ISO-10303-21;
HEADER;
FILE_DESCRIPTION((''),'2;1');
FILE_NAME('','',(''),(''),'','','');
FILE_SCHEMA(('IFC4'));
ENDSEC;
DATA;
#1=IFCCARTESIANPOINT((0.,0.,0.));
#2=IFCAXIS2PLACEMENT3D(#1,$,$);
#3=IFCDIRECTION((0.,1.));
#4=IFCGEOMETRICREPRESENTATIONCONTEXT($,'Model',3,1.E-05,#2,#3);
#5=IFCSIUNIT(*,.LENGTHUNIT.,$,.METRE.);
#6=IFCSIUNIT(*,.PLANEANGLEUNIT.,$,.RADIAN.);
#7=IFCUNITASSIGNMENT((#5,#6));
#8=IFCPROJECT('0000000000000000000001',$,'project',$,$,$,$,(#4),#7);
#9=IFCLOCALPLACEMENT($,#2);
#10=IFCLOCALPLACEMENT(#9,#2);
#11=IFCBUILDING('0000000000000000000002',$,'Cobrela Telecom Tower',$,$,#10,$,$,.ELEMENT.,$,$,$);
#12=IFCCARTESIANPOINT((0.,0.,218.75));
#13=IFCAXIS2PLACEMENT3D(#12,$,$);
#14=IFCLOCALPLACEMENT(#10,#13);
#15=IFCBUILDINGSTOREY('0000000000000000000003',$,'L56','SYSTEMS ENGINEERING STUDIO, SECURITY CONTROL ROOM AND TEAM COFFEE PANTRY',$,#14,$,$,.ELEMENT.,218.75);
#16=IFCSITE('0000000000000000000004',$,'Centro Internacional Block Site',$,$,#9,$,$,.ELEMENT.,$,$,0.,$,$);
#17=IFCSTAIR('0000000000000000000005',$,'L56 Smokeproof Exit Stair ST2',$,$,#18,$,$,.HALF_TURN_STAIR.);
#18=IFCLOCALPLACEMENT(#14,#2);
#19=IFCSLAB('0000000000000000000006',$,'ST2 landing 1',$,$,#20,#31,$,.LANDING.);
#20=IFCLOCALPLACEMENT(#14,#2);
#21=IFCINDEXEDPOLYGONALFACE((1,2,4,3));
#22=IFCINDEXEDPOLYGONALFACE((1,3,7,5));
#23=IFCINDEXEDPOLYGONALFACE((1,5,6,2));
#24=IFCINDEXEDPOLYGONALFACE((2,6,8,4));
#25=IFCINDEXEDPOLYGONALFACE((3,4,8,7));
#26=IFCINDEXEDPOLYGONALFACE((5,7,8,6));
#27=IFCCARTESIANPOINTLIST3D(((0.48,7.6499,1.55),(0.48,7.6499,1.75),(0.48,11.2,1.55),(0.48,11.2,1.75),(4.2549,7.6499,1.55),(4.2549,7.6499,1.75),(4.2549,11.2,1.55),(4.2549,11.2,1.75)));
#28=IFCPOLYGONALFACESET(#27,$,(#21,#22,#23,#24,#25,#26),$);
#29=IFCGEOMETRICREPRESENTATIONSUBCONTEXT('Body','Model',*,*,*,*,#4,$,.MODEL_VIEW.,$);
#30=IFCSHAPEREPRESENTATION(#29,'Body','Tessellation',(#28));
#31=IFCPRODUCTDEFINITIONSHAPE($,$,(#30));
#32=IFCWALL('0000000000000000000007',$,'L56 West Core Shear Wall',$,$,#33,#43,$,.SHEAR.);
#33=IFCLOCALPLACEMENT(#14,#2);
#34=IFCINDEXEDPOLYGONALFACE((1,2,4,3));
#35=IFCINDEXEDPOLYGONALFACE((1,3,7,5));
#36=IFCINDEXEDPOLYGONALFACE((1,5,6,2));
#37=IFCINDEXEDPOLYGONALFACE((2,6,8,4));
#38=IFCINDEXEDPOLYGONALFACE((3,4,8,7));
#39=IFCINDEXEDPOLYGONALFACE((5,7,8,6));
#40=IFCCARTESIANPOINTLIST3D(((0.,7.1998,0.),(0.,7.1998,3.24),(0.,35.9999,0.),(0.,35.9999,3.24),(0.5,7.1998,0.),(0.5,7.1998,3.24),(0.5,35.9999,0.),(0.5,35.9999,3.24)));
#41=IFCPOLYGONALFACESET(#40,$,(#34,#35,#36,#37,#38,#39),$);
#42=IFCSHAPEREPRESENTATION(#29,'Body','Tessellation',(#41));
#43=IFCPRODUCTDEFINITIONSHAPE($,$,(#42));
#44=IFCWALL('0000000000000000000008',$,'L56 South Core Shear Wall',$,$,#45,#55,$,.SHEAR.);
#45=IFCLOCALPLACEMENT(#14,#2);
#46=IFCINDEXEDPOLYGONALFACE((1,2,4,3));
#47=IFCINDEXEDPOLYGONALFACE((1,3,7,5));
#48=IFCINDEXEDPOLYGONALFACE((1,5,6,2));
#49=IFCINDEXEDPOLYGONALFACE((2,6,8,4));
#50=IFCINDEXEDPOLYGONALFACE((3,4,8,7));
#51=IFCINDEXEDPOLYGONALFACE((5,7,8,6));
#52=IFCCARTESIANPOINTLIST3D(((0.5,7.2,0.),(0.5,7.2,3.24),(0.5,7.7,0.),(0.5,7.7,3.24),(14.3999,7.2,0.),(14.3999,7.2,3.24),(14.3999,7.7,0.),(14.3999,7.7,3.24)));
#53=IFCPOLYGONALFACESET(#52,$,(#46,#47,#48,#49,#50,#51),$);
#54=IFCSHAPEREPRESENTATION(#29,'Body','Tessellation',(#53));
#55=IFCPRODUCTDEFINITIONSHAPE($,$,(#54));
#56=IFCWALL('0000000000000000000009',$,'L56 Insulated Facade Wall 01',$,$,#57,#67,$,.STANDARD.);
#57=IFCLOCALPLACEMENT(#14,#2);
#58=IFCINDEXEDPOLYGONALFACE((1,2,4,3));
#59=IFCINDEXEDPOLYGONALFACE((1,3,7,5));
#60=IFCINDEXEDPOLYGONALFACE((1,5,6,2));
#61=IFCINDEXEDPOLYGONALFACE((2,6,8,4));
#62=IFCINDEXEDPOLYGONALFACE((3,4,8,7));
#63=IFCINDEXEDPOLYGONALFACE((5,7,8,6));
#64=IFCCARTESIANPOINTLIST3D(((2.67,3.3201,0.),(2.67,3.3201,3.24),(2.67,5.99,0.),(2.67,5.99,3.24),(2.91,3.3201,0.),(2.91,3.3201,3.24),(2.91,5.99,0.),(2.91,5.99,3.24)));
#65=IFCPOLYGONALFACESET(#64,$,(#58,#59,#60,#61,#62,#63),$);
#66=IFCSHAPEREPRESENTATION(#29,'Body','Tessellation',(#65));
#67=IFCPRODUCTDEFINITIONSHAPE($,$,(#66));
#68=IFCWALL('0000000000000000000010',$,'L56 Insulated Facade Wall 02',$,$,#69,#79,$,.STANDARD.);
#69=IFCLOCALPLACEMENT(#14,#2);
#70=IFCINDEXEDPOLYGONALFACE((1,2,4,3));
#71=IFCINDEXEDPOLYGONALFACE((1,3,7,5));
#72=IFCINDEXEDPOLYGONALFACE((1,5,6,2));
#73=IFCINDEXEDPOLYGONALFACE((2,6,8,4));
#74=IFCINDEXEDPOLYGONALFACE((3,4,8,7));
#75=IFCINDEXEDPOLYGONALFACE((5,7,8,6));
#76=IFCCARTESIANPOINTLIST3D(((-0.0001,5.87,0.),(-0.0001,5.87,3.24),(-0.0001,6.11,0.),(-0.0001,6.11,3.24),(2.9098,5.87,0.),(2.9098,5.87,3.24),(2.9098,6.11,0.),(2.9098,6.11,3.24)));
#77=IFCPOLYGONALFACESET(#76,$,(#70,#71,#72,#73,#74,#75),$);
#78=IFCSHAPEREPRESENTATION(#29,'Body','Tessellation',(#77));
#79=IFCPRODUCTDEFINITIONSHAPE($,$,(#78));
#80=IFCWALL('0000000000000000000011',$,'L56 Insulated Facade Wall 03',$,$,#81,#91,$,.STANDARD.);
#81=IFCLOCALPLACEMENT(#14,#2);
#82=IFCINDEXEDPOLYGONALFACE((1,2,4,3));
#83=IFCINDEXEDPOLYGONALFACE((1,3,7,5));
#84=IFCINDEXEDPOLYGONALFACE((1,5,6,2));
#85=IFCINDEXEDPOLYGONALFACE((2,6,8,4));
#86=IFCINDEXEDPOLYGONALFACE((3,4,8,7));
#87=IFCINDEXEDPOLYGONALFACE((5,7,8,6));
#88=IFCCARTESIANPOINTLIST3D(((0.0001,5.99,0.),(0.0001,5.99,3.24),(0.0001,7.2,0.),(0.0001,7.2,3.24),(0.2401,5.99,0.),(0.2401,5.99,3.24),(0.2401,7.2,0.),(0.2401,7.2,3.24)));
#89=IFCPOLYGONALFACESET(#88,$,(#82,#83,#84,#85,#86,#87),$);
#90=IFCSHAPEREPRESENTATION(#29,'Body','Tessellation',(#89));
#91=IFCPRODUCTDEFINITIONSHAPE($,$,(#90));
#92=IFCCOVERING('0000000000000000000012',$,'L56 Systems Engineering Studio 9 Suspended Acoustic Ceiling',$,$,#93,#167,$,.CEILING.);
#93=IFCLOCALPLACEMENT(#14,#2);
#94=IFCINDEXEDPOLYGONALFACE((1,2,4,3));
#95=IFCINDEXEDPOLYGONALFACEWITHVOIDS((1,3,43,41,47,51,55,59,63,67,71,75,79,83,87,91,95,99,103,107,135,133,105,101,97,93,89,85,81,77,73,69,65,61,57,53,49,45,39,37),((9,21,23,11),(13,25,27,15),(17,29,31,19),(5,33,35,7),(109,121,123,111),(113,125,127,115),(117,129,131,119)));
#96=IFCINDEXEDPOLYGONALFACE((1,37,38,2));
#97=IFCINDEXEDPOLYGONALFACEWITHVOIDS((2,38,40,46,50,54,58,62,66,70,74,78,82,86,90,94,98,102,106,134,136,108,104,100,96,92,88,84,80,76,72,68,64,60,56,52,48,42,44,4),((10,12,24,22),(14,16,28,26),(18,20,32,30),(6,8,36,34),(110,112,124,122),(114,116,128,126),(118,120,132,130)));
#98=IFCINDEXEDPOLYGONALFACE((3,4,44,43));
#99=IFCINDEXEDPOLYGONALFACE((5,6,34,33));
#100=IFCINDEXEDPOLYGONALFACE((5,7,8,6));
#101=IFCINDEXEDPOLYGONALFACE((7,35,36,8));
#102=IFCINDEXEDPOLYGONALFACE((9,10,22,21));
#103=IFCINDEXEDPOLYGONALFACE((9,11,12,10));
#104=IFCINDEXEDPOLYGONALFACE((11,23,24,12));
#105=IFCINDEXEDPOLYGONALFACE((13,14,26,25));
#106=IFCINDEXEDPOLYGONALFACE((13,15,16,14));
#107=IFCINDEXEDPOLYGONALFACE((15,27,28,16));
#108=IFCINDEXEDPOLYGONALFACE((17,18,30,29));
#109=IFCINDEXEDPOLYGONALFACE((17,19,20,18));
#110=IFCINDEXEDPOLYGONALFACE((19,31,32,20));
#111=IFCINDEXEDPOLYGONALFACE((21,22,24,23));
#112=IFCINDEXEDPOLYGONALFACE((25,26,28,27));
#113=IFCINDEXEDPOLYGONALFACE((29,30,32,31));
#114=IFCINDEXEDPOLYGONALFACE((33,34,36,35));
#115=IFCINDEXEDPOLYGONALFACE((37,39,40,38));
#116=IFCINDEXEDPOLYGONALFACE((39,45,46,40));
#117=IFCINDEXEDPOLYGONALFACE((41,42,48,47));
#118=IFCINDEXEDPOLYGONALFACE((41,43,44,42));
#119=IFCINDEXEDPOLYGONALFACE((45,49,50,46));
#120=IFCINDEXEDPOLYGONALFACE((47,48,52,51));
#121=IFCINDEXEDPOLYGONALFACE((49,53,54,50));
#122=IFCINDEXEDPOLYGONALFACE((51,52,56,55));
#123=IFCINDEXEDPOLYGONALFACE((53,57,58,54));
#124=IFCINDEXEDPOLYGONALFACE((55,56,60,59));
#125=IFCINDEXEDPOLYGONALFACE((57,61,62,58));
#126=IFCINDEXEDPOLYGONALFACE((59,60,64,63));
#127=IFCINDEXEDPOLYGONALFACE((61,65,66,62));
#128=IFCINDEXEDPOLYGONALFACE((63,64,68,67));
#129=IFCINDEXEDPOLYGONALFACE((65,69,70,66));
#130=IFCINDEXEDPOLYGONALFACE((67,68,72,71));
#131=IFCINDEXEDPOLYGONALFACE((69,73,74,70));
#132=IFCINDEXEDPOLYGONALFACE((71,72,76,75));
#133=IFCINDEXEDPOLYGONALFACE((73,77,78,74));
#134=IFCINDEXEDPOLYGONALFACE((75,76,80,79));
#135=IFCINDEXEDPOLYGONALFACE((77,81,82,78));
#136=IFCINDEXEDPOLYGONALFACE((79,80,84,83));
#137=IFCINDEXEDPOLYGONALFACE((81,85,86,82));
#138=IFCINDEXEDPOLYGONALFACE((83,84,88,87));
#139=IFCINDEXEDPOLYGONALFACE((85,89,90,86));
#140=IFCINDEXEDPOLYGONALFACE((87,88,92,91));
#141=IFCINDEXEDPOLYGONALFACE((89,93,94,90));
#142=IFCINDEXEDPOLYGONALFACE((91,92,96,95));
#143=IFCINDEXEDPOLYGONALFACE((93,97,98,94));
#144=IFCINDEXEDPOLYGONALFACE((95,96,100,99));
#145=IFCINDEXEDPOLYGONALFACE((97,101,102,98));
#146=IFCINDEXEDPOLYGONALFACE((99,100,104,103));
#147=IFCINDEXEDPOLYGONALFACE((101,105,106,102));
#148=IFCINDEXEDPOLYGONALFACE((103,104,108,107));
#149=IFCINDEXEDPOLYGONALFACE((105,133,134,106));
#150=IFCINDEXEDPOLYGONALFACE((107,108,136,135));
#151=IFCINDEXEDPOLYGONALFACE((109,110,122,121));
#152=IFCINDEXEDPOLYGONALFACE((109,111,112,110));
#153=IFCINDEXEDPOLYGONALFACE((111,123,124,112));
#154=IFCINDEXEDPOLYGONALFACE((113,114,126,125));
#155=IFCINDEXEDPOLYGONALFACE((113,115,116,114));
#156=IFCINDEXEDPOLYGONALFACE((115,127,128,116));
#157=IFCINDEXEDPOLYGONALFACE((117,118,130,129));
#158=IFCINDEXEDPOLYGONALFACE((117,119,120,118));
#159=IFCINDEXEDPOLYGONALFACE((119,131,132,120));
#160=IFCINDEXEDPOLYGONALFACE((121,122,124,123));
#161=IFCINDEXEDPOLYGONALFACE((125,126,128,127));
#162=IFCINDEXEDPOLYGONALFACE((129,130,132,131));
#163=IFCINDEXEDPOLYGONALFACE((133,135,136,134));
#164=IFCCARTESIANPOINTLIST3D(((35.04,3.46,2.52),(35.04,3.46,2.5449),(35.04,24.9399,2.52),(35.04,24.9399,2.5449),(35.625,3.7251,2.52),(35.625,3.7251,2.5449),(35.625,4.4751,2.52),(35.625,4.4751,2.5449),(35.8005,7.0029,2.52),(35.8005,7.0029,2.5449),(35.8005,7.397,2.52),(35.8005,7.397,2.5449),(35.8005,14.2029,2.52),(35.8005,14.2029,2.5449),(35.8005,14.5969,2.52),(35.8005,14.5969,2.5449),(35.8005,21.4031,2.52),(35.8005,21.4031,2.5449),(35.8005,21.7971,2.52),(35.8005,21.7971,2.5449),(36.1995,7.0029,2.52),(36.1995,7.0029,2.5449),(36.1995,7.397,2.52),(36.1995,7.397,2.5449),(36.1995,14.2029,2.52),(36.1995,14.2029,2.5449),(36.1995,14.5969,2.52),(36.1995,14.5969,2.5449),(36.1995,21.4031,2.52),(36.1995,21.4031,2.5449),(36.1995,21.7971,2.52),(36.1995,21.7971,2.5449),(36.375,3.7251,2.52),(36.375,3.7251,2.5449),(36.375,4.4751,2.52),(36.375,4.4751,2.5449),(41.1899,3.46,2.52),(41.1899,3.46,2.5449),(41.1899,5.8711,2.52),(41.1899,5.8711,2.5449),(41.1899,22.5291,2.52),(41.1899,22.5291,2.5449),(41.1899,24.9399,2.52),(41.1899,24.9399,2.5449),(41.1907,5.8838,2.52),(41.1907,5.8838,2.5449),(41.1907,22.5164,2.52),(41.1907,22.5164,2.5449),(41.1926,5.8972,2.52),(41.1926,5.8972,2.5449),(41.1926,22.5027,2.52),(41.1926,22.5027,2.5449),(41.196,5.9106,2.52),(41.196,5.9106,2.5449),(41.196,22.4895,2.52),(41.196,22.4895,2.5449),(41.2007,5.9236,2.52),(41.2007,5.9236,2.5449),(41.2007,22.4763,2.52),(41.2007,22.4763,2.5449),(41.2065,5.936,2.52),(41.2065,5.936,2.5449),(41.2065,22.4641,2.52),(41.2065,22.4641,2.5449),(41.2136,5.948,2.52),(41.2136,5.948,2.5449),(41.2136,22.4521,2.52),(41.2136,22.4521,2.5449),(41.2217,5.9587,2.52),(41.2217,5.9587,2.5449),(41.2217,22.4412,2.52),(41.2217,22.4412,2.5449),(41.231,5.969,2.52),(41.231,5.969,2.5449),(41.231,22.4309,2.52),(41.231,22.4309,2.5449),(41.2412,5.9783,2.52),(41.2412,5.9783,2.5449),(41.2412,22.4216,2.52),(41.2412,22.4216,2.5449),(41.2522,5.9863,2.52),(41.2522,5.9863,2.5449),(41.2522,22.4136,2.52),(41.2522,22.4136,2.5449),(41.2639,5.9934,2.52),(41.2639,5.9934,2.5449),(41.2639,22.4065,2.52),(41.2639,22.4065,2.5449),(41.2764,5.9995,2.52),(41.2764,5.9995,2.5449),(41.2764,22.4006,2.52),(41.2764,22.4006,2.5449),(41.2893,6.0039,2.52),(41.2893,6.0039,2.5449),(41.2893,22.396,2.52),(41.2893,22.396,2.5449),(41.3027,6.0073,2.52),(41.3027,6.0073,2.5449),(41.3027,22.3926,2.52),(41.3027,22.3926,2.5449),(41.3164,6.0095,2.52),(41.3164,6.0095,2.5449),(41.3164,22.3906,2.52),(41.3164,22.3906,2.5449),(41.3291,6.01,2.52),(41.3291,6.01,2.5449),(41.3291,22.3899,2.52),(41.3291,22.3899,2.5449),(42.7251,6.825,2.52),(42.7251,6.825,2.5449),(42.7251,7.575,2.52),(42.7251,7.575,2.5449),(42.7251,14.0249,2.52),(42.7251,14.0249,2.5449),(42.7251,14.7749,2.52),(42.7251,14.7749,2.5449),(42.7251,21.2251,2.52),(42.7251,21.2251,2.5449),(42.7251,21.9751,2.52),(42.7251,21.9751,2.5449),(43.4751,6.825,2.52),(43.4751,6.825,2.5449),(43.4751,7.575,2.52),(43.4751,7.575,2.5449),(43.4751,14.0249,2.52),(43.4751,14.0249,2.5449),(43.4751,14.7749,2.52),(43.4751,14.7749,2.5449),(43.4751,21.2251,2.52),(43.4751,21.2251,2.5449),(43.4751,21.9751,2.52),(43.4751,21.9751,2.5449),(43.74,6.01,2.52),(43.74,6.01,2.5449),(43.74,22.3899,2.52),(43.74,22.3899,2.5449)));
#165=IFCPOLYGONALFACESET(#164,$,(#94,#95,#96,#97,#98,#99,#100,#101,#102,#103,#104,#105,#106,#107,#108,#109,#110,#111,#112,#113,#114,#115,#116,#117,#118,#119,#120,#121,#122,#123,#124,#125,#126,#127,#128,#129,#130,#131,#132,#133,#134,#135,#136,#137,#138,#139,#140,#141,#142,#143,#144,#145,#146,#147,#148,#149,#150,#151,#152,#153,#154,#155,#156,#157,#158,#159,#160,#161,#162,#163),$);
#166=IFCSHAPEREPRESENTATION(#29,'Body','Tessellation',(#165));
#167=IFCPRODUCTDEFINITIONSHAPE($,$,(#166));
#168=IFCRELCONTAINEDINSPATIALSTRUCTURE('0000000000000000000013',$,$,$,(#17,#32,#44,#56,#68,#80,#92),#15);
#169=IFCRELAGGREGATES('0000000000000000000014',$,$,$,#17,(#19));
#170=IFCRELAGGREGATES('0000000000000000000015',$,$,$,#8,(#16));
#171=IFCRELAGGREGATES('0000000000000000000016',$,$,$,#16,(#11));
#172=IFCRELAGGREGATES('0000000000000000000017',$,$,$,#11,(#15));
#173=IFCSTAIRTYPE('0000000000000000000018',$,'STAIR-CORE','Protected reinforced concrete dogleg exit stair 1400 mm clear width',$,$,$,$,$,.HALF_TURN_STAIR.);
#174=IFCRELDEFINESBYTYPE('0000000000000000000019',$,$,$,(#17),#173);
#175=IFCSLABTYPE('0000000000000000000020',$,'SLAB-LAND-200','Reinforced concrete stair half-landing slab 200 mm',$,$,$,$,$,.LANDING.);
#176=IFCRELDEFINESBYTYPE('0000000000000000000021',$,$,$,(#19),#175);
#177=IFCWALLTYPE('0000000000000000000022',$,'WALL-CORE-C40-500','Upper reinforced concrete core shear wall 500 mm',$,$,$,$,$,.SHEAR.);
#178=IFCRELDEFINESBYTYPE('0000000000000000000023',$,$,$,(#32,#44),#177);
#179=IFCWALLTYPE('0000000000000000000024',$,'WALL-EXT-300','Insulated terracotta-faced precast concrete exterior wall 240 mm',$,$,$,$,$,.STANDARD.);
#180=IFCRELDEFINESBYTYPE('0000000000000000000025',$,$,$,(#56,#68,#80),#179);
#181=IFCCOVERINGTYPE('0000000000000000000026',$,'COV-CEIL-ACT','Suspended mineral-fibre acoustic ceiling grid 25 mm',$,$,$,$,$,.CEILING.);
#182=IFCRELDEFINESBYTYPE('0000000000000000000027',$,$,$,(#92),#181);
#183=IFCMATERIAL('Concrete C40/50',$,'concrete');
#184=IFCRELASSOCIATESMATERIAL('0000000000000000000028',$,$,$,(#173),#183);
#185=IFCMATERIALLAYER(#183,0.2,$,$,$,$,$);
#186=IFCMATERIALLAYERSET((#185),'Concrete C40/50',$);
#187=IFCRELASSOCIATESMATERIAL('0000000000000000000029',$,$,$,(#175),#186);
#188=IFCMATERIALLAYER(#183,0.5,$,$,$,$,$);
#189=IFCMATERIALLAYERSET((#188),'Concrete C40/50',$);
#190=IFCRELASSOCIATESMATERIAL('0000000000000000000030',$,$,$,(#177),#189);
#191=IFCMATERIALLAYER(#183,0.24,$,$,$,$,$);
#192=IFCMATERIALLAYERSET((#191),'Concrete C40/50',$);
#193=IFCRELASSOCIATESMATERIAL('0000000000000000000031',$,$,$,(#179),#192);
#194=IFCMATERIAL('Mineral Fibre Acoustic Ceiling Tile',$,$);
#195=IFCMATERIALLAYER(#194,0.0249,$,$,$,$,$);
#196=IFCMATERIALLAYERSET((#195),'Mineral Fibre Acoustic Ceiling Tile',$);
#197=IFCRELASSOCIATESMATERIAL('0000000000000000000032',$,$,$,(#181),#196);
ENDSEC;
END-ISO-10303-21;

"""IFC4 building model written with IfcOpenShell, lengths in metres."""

from ifc_helpers import new_model, si_unit, direction, frame, frame_2d, origin, place, context, subcontext, project, spatial, polyline, rectangle, outline, extrude, material, layer, layer_set, type_object, element, aggregate, save


model = new_model("IFC4")

# Units and contexts
model_context = context("Model", 3, precision=1e-05, world=origin(), true_north=direction((0.0, 1.0)))
body_context = subcontext(model_context, "Body", "Model", "MODEL_VIEW")
ifc_project = project(units=[si_unit("LENGTHUNIT", "METRE"), si_unit("PLANEANGLEUNIT", "RADIAN")], contexts=[model_context])

# Site, building, storey
site_placement = place(None, origin())
site = spatial("IfcSite", under=ifc_project, at=site_placement, Name="Centro Internacional Block Site", CompositionType="ELEMENT", RefElevation=0.0)
building_placement = place(site_placement, origin())
building = spatial("IfcBuilding", under=site, at=building_placement, Name="Cobrela Telecom Tower", CompositionType="ELEMENT")
storey_placement = place(building_placement, frame((0.0, 0.0, 218.75)))
storey = spatial("IfcBuildingStorey", under=building, at=storey_placement, Name="L56", Description="SYSTEMS ENGINEERING STUDIO, SECURITY CONTROL ROOM AND TEAM COFFEE PANTRY", CompositionType="ELEMENT", Elevation=218.75)

# Shared definitions
ifc_material_1 = material(Name="Concrete C40/50", Category="concrete")

# Stair, slab
stair_type = type_object("IfcStairType", Name="STAIR-CORE", Description="Protected reinforced concrete dogleg exit stair 1400 mm clear width", PredefinedType="HALF_TURN_STAIR", material=ifc_material_1)
ifc_layer_1 = layer(ifc_material_1, 0.2)
ifc_layer_set_1 = layer_set([ifc_layer_1], Name="Concrete C40/50")
slab_type_1 = type_object("IfcSlabType", Name="SLAB-LAND-200", Description="Reinforced concrete stair half-landing slab 200 mm", PredefinedType="LANDING", material=ifc_layer_set_1)
stair_1_placement = place(storey_placement, origin())
stair_1 = element("IfcStair", 1, at=stair_1_placement, inside=storey, type_object=stair_type, Name="L56 Smokeproof Exit Stair ST2", PredefinedType="HALF_TURN_STAIR")
slab_1_placement = place(storey_placement, frame((0.0, 0.0, 1.55)))
slab_1 = element("IfcSlab", 2, at=slab_1_placement, type_object=slab_type_1, Name="ST2 landing 1", PredefinedType="LANDING", context=body_context, shape_type="SweptSolid", body=[
    extrude(outline(polyline([(4.2549, 11.2), (0.48, 11.2), (0.48, 7.6499), (4.2549, 7.6499), (4.2549, 11.2)])), origin(), (0.0, 0.0, 1.0), 0.2),
])
aggregate(stair_1, [slab_1])

# Walls
ifc_layer_2 = layer(ifc_material_1, 0.5)
ifc_layer_set_2 = layer_set([ifc_layer_2], Name="Concrete C40/50")
wall_type_1 = type_object("IfcWallType", Name="WALL-CORE-C40-500", Description="Upper reinforced concrete core shear wall 500 mm", PredefinedType="SHEAR", material=ifc_layer_set_2)
wall_1_placement = place(storey_placement, frame((0.25, 7.2, 0.0), z_axis=(0.0, 0.0, 1.0), x_axis=(0.0, 1.0, 0.0)))
element("IfcWall", 3, at=wall_1_placement, inside=storey, type_object=wall_type_1, Name="L56 West Core Shear Wall", PredefinedType="SHEAR", context=body_context, shape_type="SweptSolid", body=[
    extrude(rectangle(XDim=28.8, YDim=0.5, at=frame_2d((14.3999, 0.0))), origin(), (0.0, 0.0, 1.0), 3.24),
])
wall_2_placement = place(storey_placement, frame((0.5, 7.45, 0.0), z_axis=(0.0, 0.0, 1.0), x_axis=(1.0, 0.0, 0.0)))
element("IfcWall", 4, at=wall_2_placement, inside=storey, type_object=wall_type_1, Name="L56 South Core Shear Wall", PredefinedType="SHEAR", context=body_context, shape_type="SweptSolid", body=[
    extrude(rectangle(XDim=13.8999, YDim=0.5, at=frame_2d((6.95, 0.0))), origin(), (0.0, 0.0, 1.0), 3.24),
])
ifc_layer_3 = layer(ifc_material_1, 0.24)
ifc_layer_set_3 = layer_set([ifc_layer_3], Name="Concrete C40/50")
wall_type_2 = type_object("IfcWallType", Name="WALL-EXT-300", Description="Insulated terracotta-faced precast concrete exterior wall 240 mm", PredefinedType="STANDARD", material=ifc_layer_set_3)
wall_3_placement = place(storey_placement, frame((2.79, 3.3201, 0.0), z_axis=(0.0, 0.0, 1.0), x_axis=(0.0, 1.0, 0.0)))
element("IfcWall", 5, at=wall_3_placement, inside=storey, type_object=wall_type_2, Name="L56 Insulated Facade Wall 01", PredefinedType="STANDARD", context=body_context, shape_type="SweptSolid", body=[
    extrude(rectangle(XDim=2.6699, YDim=0.24, at=frame_2d((1.335, 0.0))), origin(), (0.0, 0.0, 1.0), 3.24),
])
wall_4_placement = place(storey_placement, frame((2.9099, 5.99, 0.0), z_axis=(0.0, 0.0, 1.0), x_axis=(-1.0, 0.0, 0.0)))
element("IfcWall", 6, at=wall_4_placement, inside=storey, type_object=wall_type_2, Name="L56 Insulated Facade Wall 02", PredefinedType="STANDARD", context=body_context, shape_type="SweptSolid", body=[
    extrude(rectangle(XDim=2.9099, YDim=0.24, at=frame_2d((1.4551, 0.0))), origin(), (0.0, 0.0, 1.0), 3.24),
])
wall_5_placement = place(storey_placement, frame((0.1201, 5.99, 0.0), z_axis=(0.0, 0.0, 1.0), x_axis=(0.0, 1.0, 0.0)))
element("IfcWall", 7, at=wall_5_placement, inside=storey, type_object=wall_type_2, Name="L56 Insulated Facade Wall 03", PredefinedType="STANDARD", context=body_context, shape_type="SweptSolid", body=[
    extrude(rectangle(XDim=1.21, YDim=0.24, at=frame_2d((0.605, 0.0))), origin(), (0.0, 0.0, 1.0), 3.24),
])

# Covering
ifc_material_2 = material(Name="Mineral Fibre Acoustic Ceiling Tile")
ifc_layer_4 = layer(ifc_material_2, 0.0249)
ifc_layer_set_4 = layer_set([ifc_layer_4], Name="Mineral Fibre Acoustic Ceiling Tile")
covering_type_1 = type_object("IfcCoveringType", Name="COV-CEIL-ACT", Description="Suspended mineral-fibre acoustic ceiling grid 25 mm", PredefinedType="CEILING", material=ifc_layer_set_4)
covering_1_placement = place(storey_placement, frame((0.0, 0.0, 2.52)))
element("IfcCovering", 8, at=covering_1_placement, inside=storey, type_object=covering_type_1, Name="L56 Systems Engineering Studio 9 Suspended Acoustic Ceiling", PredefinedType="CEILING", context=body_context, shape_type="SweptSolid", body=[
    extrude(outline(polyline([(41.3027, 6.0073), (41.2893, 6.0039), (41.2764, 5.9995), (41.2639, 5.9934), (41.2522, 5.9863), (41.2412, 5.9783), (41.231, 5.969), (41.2217, 5.9587), (41.2136, 5.948), (41.2065, 5.936), (41.2007, 5.9236), (41.196, 5.9106), (41.1926, 5.8972), (41.1907, 5.8838), (41.1899, 5.8711), (41.1899, 3.46), (35.04, 3.46), (35.04, 24.9399), (41.1899, 24.9399), (41.1899, 22.5291), (41.1907, 22.5164), (41.1926, 22.5027), (41.196, 22.4895), (41.2007, 22.4763), (41.2065, 22.4641), (41.2136, 22.4521), (41.2217, 22.4412), (41.231, 22.4309), (41.2412, 22.4216), (41.2522, 22.4136), (41.2639, 22.4065), (41.2764, 22.4006), (41.2893, 22.396), (41.3027, 22.3926), (41.3164, 22.3906), (41.3291, 22.3899), (43.74, 22.3899), (43.74, 6.01), (41.3291, 6.01), (41.3164, 6.0095), (41.3027, 6.0073)]), holes=[polyline([(36.375, 4.4751), (35.625, 4.4751), (35.625, 3.7251), (36.375, 3.7251), (36.375, 4.4751)]), polyline([(36.1995, 7.0029), (36.1995, 7.397), (35.8005, 7.397), (35.8005, 7.0029), (36.1995, 7.0029)]), polyline([(43.4751, 6.825), (43.4751, 7.575), (42.7251, 7.575), (42.7251, 6.825), (43.4751, 6.825)]), polyline([(36.1995, 14.2029), (36.1995, 14.5969), (35.8005, 14.5969), (35.8005, 14.2029), (36.1995, 14.2029)]), polyline([(43.4751, 14.0249), (43.4751, 14.7749), (42.7251, 14.7749), (42.7251, 14.0249), (43.4751, 14.0249)]), polyline([(36.1995, 21.4031), (36.1995, 21.7971), (35.8005, 21.7971), (35.8005, 21.4031), (36.1995, 21.4031)]), polyline([(43.4751, 21.2251), (43.4751, 21.9751), (42.7251, 21.9751), (42.7251, 21.2251), (43.4751, 21.2251)])]), origin(), (0.0, 0.0, 1.0), 0.0249),
])

save(model, "model.ifc")
